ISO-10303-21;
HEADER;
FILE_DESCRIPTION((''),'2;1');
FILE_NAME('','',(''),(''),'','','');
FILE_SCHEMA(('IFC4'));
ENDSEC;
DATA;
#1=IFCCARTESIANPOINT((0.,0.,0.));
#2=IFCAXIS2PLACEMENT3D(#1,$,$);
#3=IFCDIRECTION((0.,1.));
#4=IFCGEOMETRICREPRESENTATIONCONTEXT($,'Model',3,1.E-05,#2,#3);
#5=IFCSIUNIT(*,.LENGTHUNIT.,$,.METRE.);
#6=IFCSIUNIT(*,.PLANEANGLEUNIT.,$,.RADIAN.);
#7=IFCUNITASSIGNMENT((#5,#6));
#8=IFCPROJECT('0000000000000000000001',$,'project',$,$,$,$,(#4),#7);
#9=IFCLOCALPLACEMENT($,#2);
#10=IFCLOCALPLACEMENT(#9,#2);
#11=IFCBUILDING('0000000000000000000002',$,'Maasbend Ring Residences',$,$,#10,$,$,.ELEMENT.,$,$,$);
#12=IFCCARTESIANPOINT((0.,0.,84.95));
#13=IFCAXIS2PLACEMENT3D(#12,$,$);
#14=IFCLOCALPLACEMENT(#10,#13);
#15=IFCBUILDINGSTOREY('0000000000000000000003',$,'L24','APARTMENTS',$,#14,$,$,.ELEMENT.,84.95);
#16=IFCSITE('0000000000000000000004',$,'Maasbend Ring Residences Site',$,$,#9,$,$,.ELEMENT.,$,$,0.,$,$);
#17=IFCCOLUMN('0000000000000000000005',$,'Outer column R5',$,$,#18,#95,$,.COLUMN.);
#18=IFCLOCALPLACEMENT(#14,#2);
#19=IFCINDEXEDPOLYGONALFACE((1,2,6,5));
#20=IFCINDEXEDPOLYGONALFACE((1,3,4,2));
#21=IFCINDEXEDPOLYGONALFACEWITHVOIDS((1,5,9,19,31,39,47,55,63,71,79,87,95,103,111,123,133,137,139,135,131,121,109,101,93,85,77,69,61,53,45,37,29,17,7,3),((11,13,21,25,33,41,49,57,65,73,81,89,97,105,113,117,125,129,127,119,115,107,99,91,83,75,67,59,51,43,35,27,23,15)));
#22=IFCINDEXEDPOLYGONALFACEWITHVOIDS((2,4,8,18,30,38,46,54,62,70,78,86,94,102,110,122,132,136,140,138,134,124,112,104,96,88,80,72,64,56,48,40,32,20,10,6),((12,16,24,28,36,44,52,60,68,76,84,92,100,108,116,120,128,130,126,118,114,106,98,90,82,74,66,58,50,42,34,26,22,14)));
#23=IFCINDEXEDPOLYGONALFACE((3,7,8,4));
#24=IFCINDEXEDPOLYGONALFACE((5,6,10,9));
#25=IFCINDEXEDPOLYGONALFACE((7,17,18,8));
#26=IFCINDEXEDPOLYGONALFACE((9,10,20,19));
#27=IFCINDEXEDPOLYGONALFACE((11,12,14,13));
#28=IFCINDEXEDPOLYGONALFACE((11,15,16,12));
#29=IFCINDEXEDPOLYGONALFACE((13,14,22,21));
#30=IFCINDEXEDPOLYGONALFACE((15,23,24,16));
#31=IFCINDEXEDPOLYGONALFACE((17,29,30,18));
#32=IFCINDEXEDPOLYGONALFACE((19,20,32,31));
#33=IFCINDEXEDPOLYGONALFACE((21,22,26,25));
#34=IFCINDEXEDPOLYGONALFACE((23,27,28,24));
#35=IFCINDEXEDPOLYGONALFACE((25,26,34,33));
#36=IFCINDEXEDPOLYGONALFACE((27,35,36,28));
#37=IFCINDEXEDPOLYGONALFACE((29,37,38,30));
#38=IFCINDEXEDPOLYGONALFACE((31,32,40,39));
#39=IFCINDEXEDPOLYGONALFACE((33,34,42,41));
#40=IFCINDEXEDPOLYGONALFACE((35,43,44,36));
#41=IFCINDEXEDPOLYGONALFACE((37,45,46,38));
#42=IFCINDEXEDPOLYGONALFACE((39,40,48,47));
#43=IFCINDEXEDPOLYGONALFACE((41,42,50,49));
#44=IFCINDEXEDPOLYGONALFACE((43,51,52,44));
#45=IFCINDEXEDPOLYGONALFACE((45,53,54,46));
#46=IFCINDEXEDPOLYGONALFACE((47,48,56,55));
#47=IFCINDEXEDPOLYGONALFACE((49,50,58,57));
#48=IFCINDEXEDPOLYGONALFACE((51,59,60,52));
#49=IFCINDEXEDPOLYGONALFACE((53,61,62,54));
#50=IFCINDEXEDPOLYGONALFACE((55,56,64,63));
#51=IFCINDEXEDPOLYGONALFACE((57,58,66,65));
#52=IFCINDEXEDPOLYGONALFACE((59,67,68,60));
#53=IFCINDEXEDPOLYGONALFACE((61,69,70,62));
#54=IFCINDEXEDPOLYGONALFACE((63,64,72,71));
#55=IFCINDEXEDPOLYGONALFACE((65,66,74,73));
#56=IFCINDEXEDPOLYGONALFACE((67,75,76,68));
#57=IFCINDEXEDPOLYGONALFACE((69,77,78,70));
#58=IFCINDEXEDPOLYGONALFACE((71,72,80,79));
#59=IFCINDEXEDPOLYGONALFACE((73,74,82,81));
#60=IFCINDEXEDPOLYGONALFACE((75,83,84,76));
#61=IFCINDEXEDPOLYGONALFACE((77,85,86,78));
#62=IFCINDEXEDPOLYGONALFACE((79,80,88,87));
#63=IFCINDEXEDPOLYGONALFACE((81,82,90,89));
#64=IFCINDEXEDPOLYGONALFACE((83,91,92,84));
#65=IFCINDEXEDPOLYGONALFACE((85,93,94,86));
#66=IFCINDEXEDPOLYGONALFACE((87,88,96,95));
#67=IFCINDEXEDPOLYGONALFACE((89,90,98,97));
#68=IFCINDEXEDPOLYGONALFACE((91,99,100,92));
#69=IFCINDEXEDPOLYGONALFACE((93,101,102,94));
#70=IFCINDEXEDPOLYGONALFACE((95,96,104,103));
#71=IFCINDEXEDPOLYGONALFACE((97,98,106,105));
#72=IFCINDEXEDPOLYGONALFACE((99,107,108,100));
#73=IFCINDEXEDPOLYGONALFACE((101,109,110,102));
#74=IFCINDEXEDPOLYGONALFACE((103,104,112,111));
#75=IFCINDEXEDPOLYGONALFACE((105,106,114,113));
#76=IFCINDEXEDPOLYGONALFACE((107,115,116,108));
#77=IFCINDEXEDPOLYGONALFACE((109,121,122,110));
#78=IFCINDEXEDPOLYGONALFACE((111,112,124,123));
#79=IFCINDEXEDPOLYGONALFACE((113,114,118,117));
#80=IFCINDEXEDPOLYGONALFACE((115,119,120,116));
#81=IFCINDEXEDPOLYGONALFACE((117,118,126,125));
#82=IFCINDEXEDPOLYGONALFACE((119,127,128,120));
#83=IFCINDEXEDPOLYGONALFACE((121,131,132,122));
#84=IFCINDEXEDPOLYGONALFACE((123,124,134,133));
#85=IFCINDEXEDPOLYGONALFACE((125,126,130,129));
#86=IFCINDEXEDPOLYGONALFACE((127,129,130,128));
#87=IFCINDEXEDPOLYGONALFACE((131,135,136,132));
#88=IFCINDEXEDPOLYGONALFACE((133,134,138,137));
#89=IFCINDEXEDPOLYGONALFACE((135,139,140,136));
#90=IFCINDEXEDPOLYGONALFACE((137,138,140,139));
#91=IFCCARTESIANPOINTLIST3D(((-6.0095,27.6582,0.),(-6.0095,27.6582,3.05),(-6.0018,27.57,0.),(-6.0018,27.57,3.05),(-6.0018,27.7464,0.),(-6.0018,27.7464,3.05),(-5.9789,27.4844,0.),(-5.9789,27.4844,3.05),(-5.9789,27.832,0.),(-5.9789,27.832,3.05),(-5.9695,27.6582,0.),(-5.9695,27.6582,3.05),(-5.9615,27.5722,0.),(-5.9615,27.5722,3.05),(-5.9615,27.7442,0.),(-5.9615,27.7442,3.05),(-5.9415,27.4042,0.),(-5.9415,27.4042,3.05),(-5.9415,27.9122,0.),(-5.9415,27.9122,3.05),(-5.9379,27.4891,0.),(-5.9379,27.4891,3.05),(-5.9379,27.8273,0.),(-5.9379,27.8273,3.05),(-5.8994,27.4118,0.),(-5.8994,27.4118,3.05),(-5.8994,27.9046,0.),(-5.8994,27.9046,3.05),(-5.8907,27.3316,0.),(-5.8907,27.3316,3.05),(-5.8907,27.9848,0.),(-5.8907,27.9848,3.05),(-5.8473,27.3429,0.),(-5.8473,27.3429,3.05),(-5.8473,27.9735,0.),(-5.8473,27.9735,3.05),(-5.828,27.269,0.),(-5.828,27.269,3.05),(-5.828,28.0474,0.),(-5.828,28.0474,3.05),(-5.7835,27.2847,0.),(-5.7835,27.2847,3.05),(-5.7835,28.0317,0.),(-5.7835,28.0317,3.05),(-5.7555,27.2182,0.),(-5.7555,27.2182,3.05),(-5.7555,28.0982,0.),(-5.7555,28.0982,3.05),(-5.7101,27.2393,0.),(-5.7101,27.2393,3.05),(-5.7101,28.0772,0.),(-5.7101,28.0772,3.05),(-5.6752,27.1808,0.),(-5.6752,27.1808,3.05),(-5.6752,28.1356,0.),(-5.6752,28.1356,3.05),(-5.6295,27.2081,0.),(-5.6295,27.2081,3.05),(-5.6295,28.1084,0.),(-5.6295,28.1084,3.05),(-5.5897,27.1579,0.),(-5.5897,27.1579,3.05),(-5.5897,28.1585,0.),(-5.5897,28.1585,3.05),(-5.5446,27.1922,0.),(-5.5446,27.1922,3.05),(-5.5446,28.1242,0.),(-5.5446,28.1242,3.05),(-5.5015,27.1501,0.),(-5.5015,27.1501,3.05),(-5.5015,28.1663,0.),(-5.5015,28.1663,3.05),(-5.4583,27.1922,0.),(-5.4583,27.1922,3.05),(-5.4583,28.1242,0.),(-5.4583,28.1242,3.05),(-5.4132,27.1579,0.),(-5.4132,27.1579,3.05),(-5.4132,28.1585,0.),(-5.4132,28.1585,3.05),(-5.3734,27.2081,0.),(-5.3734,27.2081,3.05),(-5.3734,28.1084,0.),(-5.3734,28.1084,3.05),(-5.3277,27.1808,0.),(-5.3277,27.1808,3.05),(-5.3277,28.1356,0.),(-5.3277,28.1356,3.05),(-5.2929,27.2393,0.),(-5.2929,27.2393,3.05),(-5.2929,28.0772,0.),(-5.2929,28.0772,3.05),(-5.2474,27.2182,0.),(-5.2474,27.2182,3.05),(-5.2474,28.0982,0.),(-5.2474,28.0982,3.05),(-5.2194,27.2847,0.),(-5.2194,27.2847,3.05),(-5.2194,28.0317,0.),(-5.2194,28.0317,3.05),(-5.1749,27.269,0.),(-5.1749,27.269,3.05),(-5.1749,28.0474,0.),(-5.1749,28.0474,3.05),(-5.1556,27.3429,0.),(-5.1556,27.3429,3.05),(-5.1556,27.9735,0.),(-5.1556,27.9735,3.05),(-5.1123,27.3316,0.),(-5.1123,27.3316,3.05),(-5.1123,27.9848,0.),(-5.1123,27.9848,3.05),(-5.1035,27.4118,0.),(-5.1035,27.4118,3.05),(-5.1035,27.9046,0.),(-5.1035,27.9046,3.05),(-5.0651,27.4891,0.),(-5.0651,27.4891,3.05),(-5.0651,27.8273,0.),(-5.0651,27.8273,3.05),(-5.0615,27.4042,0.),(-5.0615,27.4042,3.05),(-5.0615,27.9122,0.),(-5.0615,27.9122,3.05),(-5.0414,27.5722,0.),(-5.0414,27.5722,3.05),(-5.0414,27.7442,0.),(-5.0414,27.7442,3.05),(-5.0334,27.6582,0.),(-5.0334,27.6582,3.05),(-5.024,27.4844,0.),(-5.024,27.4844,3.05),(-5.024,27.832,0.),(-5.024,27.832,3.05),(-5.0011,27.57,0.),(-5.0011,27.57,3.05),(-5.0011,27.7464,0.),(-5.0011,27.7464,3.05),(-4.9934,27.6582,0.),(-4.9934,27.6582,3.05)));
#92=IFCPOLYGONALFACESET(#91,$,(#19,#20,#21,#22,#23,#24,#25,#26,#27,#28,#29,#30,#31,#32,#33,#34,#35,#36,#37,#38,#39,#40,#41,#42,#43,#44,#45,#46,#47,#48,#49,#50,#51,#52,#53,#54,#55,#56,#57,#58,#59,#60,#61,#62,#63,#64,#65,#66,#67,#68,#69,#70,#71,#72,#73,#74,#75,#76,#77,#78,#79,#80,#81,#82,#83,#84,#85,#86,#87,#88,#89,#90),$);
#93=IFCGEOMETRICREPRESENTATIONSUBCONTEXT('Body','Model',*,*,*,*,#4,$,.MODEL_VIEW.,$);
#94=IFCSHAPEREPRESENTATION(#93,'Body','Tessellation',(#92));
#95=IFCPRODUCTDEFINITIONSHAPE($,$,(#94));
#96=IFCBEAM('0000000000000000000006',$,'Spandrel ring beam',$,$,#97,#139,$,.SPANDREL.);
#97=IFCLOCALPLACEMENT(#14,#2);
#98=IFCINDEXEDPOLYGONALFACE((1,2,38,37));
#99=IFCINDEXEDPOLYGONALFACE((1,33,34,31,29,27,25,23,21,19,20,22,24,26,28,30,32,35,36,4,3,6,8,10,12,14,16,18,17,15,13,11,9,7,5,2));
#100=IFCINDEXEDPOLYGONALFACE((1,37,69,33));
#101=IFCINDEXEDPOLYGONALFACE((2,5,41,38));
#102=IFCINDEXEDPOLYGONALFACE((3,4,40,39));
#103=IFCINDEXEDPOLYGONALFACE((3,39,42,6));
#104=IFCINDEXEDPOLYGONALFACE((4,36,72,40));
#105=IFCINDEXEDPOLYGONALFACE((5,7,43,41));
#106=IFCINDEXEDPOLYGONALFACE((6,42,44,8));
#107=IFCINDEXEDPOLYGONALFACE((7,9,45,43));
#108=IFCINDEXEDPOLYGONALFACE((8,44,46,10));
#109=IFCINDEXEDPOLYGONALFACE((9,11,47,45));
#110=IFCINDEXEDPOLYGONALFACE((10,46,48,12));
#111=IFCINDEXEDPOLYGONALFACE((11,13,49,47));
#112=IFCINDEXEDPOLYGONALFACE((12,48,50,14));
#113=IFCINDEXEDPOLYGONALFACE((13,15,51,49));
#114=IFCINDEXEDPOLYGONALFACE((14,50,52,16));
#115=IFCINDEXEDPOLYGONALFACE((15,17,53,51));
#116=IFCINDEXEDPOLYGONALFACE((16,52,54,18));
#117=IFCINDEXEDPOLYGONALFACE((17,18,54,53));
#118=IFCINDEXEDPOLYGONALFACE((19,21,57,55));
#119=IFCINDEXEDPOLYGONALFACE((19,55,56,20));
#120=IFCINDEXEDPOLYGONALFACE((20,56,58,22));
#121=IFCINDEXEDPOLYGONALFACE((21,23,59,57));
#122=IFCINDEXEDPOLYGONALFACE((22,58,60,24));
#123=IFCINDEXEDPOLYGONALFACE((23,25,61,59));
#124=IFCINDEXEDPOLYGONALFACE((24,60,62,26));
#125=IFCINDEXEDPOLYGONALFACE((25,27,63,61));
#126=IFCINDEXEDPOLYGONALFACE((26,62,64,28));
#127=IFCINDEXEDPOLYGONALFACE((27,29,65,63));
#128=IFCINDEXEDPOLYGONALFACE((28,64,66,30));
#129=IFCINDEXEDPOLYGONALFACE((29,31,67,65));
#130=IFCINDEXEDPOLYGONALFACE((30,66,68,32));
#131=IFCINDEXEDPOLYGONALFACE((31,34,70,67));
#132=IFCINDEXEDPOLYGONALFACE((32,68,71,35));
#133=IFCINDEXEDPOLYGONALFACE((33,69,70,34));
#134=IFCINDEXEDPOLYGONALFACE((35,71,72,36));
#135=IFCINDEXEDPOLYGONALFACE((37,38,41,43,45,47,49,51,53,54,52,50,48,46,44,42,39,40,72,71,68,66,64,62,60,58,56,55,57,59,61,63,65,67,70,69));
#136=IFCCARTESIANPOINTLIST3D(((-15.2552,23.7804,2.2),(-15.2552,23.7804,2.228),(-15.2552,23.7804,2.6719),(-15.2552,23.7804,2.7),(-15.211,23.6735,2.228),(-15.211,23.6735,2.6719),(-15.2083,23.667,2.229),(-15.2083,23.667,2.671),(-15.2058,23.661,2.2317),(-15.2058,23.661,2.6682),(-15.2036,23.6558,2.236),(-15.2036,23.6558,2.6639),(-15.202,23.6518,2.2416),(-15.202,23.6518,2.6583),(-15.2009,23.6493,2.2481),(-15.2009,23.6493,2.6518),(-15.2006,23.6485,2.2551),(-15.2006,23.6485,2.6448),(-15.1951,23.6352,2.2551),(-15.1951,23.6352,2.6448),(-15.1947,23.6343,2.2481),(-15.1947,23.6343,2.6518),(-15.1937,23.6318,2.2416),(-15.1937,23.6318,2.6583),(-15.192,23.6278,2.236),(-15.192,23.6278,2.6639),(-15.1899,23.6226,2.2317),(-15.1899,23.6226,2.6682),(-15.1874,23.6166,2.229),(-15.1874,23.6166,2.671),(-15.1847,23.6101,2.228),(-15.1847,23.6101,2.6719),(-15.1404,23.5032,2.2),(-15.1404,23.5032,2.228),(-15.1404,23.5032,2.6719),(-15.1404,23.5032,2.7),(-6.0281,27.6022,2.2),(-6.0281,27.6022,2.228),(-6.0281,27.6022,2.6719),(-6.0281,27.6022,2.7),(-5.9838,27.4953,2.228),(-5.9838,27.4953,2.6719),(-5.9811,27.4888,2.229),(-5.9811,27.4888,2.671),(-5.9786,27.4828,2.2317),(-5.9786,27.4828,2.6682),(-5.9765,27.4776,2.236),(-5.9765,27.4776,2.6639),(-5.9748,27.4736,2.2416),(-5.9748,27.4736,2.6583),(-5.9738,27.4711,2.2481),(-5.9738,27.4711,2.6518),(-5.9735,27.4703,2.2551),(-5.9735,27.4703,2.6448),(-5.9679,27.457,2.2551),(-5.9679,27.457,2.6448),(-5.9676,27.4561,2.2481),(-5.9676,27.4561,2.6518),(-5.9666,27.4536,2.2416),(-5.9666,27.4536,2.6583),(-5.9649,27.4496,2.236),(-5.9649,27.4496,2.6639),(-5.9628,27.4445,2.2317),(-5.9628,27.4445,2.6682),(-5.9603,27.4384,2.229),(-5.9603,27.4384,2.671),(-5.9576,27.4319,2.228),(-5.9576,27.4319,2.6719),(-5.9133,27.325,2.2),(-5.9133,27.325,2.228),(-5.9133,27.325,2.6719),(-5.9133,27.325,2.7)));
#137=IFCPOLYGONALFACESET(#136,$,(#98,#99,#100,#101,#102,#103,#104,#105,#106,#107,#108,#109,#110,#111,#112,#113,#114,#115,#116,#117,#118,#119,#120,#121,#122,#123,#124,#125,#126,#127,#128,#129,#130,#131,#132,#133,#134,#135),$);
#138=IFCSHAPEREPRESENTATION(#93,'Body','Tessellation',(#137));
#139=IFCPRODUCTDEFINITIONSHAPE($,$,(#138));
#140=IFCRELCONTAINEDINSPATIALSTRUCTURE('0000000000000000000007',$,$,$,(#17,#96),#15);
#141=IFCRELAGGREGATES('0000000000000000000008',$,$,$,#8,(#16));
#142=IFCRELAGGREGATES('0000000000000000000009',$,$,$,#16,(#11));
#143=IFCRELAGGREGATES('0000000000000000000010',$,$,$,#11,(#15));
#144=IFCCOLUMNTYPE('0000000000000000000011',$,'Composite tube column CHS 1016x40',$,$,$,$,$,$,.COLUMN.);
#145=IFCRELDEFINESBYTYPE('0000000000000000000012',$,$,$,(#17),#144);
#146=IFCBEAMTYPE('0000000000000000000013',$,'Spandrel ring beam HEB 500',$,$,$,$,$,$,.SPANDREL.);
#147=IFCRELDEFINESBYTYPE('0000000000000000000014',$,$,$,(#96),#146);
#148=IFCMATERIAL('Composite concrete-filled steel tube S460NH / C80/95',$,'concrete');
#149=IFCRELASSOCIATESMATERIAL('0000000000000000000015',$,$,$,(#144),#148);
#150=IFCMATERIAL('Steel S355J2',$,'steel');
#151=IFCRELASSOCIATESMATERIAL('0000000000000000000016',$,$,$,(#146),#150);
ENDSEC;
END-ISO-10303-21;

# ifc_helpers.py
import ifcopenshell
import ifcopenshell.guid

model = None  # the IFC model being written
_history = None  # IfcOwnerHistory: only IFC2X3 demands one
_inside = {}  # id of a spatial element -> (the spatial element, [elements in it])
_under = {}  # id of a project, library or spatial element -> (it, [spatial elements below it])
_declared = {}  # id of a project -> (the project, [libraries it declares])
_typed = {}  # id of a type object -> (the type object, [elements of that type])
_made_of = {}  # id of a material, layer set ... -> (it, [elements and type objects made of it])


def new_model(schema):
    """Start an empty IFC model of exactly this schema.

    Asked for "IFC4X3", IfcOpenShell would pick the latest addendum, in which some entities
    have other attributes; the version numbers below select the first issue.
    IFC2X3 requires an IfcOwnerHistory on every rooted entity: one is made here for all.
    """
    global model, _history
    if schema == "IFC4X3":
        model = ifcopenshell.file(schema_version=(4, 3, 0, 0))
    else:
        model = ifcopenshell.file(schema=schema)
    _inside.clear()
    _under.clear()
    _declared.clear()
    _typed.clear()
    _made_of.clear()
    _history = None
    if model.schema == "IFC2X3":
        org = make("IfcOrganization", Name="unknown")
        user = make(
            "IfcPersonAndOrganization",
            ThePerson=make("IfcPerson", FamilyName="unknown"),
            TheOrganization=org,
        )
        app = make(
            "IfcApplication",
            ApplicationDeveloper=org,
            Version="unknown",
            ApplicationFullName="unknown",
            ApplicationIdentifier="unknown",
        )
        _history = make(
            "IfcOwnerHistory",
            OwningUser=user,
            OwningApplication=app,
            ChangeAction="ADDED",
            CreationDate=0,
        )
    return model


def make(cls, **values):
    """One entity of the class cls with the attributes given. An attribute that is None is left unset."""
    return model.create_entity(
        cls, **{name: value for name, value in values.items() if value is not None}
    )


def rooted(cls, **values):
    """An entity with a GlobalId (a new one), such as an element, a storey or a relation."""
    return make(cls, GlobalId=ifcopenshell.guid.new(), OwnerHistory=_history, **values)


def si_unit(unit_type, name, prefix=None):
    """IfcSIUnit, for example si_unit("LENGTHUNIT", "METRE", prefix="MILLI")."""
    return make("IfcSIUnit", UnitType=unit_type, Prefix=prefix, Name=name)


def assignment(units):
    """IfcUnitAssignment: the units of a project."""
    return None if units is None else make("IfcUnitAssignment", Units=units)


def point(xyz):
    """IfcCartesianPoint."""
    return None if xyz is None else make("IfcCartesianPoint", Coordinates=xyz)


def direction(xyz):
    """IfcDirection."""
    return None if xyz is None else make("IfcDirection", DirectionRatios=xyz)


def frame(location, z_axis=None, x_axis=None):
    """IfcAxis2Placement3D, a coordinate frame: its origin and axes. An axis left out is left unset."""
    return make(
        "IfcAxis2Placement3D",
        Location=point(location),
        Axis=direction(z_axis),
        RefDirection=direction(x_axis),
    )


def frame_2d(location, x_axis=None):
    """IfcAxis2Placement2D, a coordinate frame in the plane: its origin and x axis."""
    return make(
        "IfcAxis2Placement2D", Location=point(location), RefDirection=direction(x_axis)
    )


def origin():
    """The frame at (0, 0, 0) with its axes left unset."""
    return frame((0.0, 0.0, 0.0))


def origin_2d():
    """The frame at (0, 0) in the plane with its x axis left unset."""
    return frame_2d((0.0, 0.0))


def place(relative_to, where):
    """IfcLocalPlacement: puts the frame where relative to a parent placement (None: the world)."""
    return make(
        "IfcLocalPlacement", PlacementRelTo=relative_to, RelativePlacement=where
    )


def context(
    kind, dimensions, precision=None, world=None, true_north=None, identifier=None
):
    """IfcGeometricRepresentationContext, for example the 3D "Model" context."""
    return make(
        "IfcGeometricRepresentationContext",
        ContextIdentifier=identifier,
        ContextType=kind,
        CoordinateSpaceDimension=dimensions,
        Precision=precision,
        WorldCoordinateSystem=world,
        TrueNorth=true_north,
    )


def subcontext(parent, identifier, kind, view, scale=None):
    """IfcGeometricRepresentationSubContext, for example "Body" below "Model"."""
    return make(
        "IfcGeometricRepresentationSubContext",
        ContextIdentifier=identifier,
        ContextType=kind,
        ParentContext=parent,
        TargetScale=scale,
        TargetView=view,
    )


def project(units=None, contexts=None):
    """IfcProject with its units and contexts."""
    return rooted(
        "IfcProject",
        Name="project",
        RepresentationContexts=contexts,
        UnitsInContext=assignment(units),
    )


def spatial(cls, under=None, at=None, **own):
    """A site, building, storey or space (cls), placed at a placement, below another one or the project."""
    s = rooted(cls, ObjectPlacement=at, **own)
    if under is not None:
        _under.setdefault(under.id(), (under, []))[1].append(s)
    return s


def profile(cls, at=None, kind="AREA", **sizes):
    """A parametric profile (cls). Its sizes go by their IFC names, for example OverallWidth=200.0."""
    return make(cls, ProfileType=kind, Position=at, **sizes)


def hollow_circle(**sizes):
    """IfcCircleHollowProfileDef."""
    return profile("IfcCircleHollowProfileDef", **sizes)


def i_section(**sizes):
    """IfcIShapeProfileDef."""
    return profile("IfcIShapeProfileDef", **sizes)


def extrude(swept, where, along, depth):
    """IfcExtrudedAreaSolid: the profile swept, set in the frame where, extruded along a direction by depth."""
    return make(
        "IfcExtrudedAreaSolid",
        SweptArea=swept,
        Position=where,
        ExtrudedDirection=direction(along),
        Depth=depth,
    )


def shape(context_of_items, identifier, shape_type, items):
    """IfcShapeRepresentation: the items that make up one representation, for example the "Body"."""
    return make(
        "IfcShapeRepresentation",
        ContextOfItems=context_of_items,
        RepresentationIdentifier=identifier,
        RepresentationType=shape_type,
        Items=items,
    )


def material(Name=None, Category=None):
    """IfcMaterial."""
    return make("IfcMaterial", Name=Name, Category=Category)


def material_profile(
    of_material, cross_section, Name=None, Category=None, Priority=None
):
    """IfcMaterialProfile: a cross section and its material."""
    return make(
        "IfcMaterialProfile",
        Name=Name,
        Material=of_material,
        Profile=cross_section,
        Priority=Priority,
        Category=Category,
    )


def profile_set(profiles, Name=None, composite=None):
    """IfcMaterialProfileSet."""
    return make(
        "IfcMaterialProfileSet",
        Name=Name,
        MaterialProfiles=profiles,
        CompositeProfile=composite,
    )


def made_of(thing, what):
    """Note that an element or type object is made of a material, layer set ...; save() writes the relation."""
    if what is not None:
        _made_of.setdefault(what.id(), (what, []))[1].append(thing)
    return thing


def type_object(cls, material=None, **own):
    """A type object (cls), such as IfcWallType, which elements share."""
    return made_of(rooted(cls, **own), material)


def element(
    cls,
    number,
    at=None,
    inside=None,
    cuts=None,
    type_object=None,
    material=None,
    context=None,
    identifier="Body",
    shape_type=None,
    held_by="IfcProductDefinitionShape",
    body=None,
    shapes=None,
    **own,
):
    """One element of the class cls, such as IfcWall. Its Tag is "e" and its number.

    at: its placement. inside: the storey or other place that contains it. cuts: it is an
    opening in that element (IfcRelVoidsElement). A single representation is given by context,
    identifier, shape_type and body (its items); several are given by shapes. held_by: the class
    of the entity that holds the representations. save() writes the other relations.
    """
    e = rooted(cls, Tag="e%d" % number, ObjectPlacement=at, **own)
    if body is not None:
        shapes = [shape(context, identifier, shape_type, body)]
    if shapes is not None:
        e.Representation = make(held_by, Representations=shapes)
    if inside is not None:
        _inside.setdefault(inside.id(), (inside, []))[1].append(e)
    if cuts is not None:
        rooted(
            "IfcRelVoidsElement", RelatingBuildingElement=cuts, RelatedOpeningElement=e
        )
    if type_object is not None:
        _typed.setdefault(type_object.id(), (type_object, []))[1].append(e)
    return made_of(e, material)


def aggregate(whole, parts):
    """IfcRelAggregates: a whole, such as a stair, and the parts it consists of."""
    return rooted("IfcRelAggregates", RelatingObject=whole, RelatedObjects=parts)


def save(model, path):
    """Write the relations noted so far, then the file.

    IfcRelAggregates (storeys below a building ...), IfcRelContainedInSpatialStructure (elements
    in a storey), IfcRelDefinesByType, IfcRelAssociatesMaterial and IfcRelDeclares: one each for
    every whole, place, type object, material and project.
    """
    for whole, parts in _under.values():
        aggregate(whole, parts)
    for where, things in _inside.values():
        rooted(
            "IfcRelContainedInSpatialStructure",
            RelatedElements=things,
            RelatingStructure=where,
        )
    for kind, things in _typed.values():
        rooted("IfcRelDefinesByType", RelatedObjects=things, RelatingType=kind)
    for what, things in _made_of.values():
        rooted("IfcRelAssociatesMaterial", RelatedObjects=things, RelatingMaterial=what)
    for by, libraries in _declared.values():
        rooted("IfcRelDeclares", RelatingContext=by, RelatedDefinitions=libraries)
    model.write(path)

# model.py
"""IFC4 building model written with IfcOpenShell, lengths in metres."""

from ifc_helpers import new_model, si_unit, direction, frame, origin, origin_2d, place, context, subcontext, project, spatial, hollow_circle, i_section, extrude, material, material_profile, profile_set, type_object, element, save


model = new_model("IFC4")

# Units and contexts
model_context = context("Model", 3, precision=1e-05, world=origin(), true_north=direction((0.0, 1.0)))
body_context = subcontext(model_context, "Body", "Model", "MODEL_VIEW")
ifc_project = project(units=[si_unit("LENGTHUNIT", "METRE"), si_unit("PLANEANGLEUNIT", "RADIAN")], contexts=[model_context])

# Site, building, storey
site_placement = place(None, origin())
site = spatial("IfcSite", under=ifc_project, at=site_placement, Name="Maasbend Ring Residences Site", CompositionType="ELEMENT", RefElevation=0.0)
building_placement = place(site_placement, origin())
building = spatial("IfcBuilding", under=site, at=building_placement, Name="Maasbend Ring Residences", CompositionType="ELEMENT")
storey_placement = place(building_placement, frame((0.0, 0.0, 84.95)))
storey = spatial("IfcBuildingStorey", under=building, at=storey_placement, Name="L24", Description="APARTMENTS", CompositionType="ELEMENT", Elevation=84.95)

# Column
ifc_material_1 = material(Name="Composite concrete-filled steel tube S460NH / C80/95", Category="concrete")
ifc_material_profile_1 = material_profile(ifc_material_1, hollow_circle(Radius=0.5081, WallThickness=0.04, at=origin_2d()), Name="Composite tube column CHS 1016x40")
ifc_profile_set_1 = profile_set([ifc_material_profile_1], Name="Composite concrete-filled steel tube S460NH / C80/95")
column_type = type_object("IfcColumnType", Name="Composite tube column CHS 1016x40", PredefinedType="COLUMN", material=ifc_profile_set_1)
column_placement = place(storey_placement, frame((-5.5015, 27.6582, 0.0), z_axis=(0.0, 0.0, 1.0), x_axis=(1.0, 0.0, 0.0)))
element("IfcColumn", 1, at=column_placement, inside=storey, type_object=column_type, Name="Outer column R5", PredefinedType="COLUMN", context=body_context, shape_type="SweptSolid", body=[
    extrude(hollow_circle(Radius=0.5081, WallThickness=0.04, at=origin_2d()), origin(), (0.0, 0.0, 1.0), 3.05),
])

# Beam
ifc_material_2 = material(Name="Steel S355J2", Category="steel")
ifc_material_profile_2 = material_profile(ifc_material_2, i_section(OverallWidth=0.3, OverallDepth=0.5, WebThickness=0.0144, FlangeThickness=0.0281, FilletRadius=0.0271, at=origin_2d()), Name="HEB 500")
ifc_profile_set_2 = profile_set([ifc_material_profile_2], Name="Steel S355J2")
beam_type = type_object("IfcBeamType", Name="Spandrel ring beam HEB 500", PredefinedType="SPANDREL", material=ifc_profile_set_2)
beam_placement = place(storey_placement, frame((-5.9707, 27.4636, 2.45), z_axis=(-0.923886, -0.382667, 0.0), x_axis=(0.382667, -0.923886, 0.0)))
element("IfcBeam", 2, at=beam_placement, inside=storey, type_object=beam_type, Name="Spandrel ring beam", PredefinedType="SPANDREL", context=body_context, shape_type="SweptSolid", body=[
    extrude(i_section(OverallWidth=0.3, OverallDepth=0.5, WebThickness=0.0144, FlangeThickness=0.0281, FilletRadius=0.0271, at=origin_2d()), origin(), (0.0, 0.0, 1.0), 9.9873),
])

save(model, "model.ifc")
